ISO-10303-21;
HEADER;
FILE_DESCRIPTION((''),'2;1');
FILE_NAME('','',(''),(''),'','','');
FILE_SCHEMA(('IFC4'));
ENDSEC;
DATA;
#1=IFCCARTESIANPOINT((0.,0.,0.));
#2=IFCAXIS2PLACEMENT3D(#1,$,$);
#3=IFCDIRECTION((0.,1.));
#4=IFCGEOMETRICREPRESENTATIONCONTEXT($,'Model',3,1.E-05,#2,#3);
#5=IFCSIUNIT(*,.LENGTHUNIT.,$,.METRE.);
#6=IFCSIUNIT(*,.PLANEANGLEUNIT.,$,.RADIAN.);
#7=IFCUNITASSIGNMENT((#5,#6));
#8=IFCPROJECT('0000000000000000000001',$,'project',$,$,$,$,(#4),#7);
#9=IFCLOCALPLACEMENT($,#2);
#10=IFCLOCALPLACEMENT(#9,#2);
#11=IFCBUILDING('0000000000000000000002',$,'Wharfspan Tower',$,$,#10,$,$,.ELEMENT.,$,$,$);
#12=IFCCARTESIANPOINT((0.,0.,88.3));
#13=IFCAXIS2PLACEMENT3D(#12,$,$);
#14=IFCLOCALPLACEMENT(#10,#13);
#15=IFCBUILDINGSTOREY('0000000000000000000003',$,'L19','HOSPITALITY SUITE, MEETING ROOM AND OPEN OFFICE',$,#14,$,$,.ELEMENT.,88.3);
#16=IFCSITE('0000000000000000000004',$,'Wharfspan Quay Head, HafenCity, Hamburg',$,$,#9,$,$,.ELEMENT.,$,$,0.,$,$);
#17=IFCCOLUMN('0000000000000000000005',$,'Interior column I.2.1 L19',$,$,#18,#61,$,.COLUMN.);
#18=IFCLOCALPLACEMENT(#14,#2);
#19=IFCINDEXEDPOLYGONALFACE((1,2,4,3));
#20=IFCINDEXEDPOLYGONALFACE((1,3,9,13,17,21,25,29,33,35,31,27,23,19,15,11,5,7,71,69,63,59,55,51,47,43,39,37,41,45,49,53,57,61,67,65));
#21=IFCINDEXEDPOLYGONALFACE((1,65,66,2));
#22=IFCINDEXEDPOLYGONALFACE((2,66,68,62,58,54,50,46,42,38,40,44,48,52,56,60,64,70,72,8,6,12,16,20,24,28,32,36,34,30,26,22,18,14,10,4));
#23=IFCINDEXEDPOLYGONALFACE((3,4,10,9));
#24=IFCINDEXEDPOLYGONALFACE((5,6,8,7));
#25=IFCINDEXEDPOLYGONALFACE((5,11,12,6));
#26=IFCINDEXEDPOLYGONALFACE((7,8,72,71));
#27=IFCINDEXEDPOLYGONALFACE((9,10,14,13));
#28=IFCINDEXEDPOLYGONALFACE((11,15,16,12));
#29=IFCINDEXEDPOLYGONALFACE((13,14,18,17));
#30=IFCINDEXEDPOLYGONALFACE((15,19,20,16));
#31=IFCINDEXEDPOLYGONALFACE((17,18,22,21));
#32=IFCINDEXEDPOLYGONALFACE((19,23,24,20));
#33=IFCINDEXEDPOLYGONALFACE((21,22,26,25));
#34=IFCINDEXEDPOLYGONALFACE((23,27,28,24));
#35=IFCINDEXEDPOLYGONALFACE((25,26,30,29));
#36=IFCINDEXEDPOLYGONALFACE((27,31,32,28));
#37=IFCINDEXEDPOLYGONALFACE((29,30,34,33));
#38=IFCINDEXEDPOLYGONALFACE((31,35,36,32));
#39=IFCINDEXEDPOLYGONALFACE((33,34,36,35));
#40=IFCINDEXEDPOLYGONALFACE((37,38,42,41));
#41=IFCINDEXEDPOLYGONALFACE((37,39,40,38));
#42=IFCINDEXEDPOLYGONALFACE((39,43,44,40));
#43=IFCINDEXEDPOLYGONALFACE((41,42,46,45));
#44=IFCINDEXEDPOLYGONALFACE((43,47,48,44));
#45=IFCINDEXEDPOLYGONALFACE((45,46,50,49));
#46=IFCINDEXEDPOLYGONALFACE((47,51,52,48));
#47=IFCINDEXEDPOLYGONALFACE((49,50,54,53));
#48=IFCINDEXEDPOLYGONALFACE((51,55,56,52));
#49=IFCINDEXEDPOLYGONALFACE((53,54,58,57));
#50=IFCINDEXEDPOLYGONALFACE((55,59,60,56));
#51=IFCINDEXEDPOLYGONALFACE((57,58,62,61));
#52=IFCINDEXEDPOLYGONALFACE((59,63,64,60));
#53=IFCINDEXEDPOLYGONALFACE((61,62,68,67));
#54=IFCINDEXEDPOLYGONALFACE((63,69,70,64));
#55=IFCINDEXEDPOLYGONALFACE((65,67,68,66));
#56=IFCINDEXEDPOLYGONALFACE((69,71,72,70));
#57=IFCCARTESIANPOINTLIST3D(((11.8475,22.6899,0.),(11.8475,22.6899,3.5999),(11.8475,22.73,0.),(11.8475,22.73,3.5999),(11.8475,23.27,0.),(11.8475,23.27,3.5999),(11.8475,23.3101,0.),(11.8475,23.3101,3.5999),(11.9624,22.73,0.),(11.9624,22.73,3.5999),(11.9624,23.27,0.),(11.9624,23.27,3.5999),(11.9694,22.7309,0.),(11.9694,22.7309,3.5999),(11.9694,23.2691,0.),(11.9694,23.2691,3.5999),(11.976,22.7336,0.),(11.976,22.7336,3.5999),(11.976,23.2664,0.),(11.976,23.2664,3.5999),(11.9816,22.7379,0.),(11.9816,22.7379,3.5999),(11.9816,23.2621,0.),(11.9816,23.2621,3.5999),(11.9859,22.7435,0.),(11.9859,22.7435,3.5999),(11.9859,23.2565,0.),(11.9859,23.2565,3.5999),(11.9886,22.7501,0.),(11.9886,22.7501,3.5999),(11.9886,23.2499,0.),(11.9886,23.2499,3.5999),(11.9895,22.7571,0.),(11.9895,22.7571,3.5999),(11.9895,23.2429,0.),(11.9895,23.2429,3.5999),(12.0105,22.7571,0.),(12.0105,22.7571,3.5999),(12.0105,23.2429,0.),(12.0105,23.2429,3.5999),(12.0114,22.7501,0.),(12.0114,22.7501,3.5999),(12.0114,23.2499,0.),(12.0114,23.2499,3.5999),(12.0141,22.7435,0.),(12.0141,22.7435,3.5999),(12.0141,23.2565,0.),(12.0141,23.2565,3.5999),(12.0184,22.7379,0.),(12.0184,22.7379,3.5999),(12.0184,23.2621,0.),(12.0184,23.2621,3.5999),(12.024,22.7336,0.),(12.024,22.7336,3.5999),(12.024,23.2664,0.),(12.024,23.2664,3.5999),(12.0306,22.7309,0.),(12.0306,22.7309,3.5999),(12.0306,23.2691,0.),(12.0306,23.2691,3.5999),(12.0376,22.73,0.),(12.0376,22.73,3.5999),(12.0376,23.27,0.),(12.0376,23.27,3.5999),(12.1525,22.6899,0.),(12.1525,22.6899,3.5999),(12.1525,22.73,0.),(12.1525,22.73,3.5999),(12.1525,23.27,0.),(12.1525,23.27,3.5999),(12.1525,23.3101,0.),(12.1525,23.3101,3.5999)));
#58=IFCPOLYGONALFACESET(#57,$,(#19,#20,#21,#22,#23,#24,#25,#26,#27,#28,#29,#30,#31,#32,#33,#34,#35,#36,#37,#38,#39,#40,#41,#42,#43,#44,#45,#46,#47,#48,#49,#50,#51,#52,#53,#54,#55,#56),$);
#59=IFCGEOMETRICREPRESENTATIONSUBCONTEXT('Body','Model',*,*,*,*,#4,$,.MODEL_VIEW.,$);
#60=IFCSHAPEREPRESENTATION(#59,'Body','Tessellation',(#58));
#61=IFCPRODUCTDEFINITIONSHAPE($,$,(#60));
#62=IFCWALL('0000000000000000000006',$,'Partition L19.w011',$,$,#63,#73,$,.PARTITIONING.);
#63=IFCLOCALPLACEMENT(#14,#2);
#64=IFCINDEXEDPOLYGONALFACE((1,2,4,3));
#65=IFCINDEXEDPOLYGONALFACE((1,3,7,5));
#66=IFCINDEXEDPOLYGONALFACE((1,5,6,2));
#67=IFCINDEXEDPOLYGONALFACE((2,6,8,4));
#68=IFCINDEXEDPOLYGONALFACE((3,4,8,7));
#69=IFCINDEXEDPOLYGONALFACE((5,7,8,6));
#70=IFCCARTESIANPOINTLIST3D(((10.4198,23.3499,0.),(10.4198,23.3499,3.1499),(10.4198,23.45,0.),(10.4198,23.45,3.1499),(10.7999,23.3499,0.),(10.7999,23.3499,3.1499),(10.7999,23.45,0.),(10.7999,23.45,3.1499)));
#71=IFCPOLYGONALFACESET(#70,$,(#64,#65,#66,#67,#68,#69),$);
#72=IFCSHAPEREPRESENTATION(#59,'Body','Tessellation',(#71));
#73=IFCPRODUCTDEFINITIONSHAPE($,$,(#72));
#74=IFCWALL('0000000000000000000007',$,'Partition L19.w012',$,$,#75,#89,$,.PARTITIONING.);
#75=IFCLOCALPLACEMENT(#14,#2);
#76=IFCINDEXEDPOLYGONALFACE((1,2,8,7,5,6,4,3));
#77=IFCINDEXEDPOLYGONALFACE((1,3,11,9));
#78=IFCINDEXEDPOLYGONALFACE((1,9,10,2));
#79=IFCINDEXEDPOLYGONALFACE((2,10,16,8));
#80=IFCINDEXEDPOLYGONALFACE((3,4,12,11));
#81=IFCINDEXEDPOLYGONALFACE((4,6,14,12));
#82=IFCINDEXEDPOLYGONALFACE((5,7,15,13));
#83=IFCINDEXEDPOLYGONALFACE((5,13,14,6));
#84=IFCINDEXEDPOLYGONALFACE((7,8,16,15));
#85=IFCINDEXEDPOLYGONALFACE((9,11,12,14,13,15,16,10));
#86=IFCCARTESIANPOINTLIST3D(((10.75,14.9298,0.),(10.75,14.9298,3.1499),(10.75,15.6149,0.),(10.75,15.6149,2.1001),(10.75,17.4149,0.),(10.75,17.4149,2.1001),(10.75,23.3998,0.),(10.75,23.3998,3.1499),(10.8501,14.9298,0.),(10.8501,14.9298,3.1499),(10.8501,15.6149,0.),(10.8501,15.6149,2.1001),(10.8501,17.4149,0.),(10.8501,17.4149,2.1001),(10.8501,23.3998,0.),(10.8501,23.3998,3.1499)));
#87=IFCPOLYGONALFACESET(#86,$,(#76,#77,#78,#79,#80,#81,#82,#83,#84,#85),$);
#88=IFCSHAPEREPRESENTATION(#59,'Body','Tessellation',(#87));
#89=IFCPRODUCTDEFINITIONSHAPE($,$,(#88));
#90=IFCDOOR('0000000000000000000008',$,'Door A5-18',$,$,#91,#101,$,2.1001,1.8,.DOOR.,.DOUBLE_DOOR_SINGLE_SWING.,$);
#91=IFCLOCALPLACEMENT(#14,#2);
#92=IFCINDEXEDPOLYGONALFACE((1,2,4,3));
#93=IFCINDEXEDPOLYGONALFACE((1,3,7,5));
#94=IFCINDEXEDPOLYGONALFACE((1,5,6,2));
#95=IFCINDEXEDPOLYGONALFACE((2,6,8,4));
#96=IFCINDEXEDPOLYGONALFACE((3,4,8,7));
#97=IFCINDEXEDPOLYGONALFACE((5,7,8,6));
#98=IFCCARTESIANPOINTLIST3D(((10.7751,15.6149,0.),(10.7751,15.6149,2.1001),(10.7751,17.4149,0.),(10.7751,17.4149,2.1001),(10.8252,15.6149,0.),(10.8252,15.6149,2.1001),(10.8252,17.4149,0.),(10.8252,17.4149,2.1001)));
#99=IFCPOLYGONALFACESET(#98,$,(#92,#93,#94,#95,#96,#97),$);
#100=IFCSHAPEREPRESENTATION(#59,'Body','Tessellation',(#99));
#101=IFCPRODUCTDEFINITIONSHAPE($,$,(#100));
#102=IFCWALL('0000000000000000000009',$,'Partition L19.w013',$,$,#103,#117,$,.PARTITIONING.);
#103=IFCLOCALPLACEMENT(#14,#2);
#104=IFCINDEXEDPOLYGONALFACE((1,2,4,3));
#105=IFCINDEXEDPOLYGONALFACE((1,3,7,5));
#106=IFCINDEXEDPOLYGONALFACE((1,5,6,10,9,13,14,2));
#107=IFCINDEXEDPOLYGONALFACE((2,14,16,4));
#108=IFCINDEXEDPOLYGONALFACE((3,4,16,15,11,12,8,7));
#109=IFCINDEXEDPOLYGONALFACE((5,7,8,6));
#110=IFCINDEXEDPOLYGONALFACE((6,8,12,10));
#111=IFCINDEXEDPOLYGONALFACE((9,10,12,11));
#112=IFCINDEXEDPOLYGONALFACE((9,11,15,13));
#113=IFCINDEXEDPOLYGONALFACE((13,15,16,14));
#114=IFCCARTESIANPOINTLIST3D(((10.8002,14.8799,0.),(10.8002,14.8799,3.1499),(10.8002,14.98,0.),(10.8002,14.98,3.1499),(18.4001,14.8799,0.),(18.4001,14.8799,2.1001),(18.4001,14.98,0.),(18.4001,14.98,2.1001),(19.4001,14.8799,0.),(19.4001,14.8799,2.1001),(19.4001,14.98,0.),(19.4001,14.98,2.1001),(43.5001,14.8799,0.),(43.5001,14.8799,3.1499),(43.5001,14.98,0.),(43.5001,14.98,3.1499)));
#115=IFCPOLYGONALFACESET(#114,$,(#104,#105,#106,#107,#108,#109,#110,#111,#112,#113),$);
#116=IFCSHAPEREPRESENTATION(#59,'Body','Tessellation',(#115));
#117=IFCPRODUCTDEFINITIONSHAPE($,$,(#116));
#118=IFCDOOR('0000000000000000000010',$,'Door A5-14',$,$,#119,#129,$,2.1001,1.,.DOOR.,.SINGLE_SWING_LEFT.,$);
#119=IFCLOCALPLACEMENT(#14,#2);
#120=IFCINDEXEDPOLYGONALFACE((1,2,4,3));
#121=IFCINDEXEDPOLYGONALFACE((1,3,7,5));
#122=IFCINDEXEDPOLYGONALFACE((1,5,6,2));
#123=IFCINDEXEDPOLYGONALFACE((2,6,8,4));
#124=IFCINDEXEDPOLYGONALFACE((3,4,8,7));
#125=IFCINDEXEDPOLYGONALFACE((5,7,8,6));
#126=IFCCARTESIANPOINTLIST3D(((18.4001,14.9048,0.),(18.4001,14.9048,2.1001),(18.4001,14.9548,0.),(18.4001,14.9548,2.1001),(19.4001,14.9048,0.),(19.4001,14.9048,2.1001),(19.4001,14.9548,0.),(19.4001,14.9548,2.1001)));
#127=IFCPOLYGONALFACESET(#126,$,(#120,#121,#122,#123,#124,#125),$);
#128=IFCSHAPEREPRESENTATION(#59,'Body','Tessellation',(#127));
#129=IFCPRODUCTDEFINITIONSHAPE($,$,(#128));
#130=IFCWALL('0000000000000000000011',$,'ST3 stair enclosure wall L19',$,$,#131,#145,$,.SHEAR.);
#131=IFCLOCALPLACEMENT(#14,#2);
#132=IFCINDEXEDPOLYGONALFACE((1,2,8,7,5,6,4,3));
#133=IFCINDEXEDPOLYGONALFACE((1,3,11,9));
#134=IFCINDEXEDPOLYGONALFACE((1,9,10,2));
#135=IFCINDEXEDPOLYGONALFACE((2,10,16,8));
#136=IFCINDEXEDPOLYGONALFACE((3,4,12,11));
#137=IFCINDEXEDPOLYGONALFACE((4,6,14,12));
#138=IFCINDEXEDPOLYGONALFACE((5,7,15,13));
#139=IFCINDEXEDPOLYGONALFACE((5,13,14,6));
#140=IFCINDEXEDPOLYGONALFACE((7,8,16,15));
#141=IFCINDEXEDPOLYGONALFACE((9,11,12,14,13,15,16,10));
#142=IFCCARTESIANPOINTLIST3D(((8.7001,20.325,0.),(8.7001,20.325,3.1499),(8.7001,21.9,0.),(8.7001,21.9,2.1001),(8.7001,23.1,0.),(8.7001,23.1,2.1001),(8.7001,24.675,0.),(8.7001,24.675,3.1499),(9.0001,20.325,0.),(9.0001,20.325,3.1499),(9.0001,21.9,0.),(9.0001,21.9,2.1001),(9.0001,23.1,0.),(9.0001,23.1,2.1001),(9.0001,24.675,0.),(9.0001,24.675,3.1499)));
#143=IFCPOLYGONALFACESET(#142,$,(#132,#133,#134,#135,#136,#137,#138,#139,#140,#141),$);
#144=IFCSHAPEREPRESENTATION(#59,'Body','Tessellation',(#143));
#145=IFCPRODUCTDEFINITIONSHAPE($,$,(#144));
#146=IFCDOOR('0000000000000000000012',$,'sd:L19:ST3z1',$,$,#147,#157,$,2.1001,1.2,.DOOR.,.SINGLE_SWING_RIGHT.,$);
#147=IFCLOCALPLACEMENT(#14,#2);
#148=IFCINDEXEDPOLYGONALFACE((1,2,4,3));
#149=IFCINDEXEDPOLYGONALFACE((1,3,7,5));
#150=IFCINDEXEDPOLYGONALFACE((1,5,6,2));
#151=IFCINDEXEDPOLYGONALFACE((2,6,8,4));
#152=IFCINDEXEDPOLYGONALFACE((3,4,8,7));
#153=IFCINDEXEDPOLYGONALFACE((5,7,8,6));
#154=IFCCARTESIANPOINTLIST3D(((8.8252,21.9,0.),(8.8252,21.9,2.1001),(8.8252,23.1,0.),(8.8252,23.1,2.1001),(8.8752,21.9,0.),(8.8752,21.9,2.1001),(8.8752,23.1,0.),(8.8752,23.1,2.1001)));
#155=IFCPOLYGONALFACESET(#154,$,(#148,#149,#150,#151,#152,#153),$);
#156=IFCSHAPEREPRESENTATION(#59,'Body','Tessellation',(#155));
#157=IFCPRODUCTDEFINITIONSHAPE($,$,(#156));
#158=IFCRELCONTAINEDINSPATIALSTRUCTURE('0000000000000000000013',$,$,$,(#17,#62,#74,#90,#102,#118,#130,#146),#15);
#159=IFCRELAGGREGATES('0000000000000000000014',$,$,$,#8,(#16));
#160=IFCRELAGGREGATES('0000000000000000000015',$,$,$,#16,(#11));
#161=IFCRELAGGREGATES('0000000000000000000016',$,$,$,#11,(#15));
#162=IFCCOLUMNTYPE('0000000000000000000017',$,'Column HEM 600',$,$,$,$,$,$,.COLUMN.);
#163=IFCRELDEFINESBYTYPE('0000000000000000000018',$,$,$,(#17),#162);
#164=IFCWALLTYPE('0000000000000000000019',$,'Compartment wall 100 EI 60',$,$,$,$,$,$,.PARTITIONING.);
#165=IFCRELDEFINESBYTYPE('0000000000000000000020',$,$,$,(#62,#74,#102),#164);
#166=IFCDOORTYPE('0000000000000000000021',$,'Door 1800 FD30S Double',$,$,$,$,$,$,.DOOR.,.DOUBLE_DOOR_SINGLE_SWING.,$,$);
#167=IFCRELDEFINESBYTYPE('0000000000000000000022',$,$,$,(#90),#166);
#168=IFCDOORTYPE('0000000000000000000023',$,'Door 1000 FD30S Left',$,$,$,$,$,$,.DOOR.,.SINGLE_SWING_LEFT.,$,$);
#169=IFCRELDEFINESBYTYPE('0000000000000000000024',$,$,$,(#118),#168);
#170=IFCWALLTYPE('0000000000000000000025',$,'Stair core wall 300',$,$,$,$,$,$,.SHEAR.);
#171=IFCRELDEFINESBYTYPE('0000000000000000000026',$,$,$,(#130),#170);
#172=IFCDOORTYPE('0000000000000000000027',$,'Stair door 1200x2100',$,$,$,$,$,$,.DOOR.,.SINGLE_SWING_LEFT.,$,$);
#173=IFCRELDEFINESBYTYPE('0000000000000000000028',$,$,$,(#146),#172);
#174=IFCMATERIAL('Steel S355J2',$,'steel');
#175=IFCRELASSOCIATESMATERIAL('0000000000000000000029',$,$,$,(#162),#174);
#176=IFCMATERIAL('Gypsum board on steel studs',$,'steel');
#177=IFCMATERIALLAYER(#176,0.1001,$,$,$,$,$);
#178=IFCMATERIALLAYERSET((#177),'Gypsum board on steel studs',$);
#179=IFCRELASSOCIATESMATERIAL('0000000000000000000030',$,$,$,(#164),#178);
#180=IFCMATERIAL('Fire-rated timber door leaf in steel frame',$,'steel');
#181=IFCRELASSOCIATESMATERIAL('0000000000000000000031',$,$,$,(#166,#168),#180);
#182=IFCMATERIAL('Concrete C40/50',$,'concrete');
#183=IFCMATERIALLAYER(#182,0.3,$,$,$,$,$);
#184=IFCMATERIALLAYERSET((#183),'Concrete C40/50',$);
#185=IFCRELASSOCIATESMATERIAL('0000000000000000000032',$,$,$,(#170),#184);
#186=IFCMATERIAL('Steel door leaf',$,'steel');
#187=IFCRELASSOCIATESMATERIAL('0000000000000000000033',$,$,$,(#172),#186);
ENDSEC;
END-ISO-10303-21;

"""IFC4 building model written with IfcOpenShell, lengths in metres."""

from ifc_helpers import new_model, si_unit, direction, frame, frame_2d, origin, origin_2d, place, context, subcontext, project, spatial, rectangle, i_section, extrude, material, layer, layer_set, material_profile, profile_set, type_object, element, fill, save


model = new_model("IFC4")

# Units and contexts
model_context = context("Model", 3, precision=1e-05, world=origin(), true_north=direction((0.0, 1.0)))
body_context = subcontext(model_context, "Body", "Model", "MODEL_VIEW")
ifc_project = project(units=[si_unit("LENGTHUNIT", "METRE"), si_unit("PLANEANGLEUNIT", "RADIAN")], contexts=[model_context])

# Site, building, storey
site_placement = place(None, origin())
site = spatial("IfcSite", under=ifc_project, at=site_placement, Name="Wharfspan Quay Head, HafenCity, Hamburg", CompositionType="ELEMENT", RefElevation=0.0)
building_placement = place(site_placement, origin())
building = spatial("IfcBuilding", under=site, at=building_placement, Name="Wharfspan Tower", CompositionType="ELEMENT")
storey_placement = place(building_placement, frame((0.0, 0.0, 88.3)))
storey = spatial("IfcBuildingStorey", under=building, at=storey_placement, Name="L19", Description="HOSPITALITY SUITE, MEETING ROOM AND OPEN OFFICE", CompositionType="ELEMENT", Elevation=88.3)

# Column
ifc_material_1 = material(Name="Steel S355J2", Category="steel")
ifc_material_profile = material_profile(ifc_material_1, i_section(OverallWidth=0.3049, OverallDepth=0.6201, WebThickness=0.021, FlangeThickness=0.04, FilletRadius=0.0271, at=origin_2d()))
ifc_profile_set = profile_set([ifc_material_profile], Name="Steel S355J2")
column_type = type_object("IfcColumnType", Name="Column HEM 600", PredefinedType="COLUMN", material=ifc_profile_set)
column_placement = place(storey_placement, frame((12.0, 23.0, 0.0), z_axis=(0.0, 0.0, 1.0), x_axis=(1.0, 0.0, 0.0)))
element("IfcColumn", 1, at=column_placement, inside=storey, type_object=column_type, Name="Interior column I.2.1 L19", PredefinedType="COLUMN", context=body_context, shape_type="SweptSolid", body=[
    extrude(i_section(OverallWidth=0.3049, OverallDepth=0.6201, WebThickness=0.021, FlangeThickness=0.04, FilletRadius=0.0271, at=origin_2d()), origin(), (0.0, 0.0, 1.0), 3.5999),
])

# Wall
ifc_material_2 = material(Name="Gypsum board on steel studs", Category="steel")
ifc_layer_1 = layer(ifc_material_2, 0.1001)
ifc_layer_set_1 = layer_set([ifc_layer_1], Name="Gypsum board on steel studs")
wall_type_1 = type_object("IfcWallType", Name="Compartment wall 100 EI 60", PredefinedType="PARTITIONING", material=ifc_layer_set_1)
wall_1_placement = place(storey_placement, frame((10.4199, 23.3999, 0.0), z_axis=(0.0, 0.0, 1.0), x_axis=(1.0, 0.0, 0.0)))
element("IfcWall", 2, at=wall_1_placement, inside=storey, type_object=wall_type_1, Name="Partition L19.w011", PredefinedType="PARTITIONING", context=body_context, shape_type="SweptSolid", body=[
    extrude(rectangle(XDim=0.3801, YDim=0.1001, at=frame_2d((0.1899, 0.0))), origin(), (0.0, 0.0, 1.0), 3.1499),
])

# Walls, openings, doors
wall_2_placement = place(storey_placement, frame((10.8, 14.9299, 0.0), z_axis=(0.0, 0.0, 1.0), x_axis=(0.0, 1.0, 0.0)))
wall_2 = element("IfcWall", 3, at=wall_2_placement, inside=storey, type_object=wall_type_1, Name="Partition L19.w012", PredefinedType="PARTITIONING", context=body_context, shape_type="SweptSolid", body=[
    extrude(rectangle(XDim=8.47, YDim=0.1001, at=frame_2d((4.2349, 0.0))), origin(), (0.0, 0.0, 1.0), 3.1499),
])
opening_1_placement = place(wall_2_placement, frame((0.6851, 0.0, 0.0)))
opening_1 = element("IfcOpeningElement", 4, at=opening_1_placement, cuts=wall_2, PredefinedType="OPENING", context=body_context, shape_type="SweptSolid", body=[
    extrude(rectangle(XDim=1.8, YDim=2.1001, at=frame_2d((0.8999, 1.05))), frame((0.0, 0.0601, 0.0), z_axis=(0.0, -1.0, 0.0), x_axis=(1.0, 0.0, 0.0)), (0.0, 0.0, 1.0), 0.1201),
])
ifc_material_3 = material(Name="Fire-rated timber door leaf in steel frame", Category="steel")
door_type_1 = type_object("IfcDoorType", Name="Door 1800 FD30S Double", OperationType="DOUBLE_DOOR_SINGLE_SWING", PredefinedType="DOOR", material=ifc_material_3)
door_1_placement = place(opening_1_placement, origin())
door_1 = element("IfcDoor", 5, at=door_1_placement, inside=storey, type_object=door_type_1, Name="Door A5-18", OperationType="DOUBLE_DOOR_SINGLE_SWING", OverallHeight=2.1001, OverallWidth=1.8, PredefinedType="DOOR", context=body_context, shape_type="SweptSolid", body=[
    extrude(rectangle(XDim=1.8, YDim=2.1001, at=frame_2d((0.8999, 1.05))), frame((0.0, 0.0249, 0.0), z_axis=(0.0, -1.0, 0.0), x_axis=(1.0, 0.0, 0.0)), (0.0, 0.0, 1.0), 0.05),
])
fill(opening_1, door_1)
wall_3_placement = place(storey_placement, frame((10.8, 14.9299, 0.0), z_axis=(0.0, 0.0, 1.0), x_axis=(1.0, 0.0, 0.0)))
wall_3 = element("IfcWall", 6, at=wall_3_placement, inside=storey, type_object=wall_type_1, Name="Partition L19.w013", PredefinedType="PARTITIONING", context=body_context, shape_type="SweptSolid", body=[
    extrude(rectangle(XDim=32.7, YDim=0.1001, at=frame_2d((16.3501, 0.0))), origin(), (0.0, 0.0, 1.0), 3.1499),
])
opening_2_placement = place(wall_3_placement, frame((7.6001, 0.0, 0.0)))
opening_2 = element("IfcOpeningElement", 7, at=opening_2_placement, cuts=wall_3, PredefinedType="OPENING", context=body_context, shape_type="SweptSolid", body=[
    extrude(rectangle(XDim=1.0, YDim=2.1001, at=frame_2d((0.5, 1.05))), frame((0.0, 0.0601, 0.0), z_axis=(0.0, -1.0, 0.0), x_axis=(1.0, 0.0, 0.0)), (0.0, 0.0, 1.0), 0.1201),
])
door_type_2 = type_object("IfcDoorType", Name="Door 1000 FD30S Left", OperationType="SINGLE_SWING_LEFT", PredefinedType="DOOR", material=ifc_material_3)
door_2_placement = place(opening_2_placement, origin())
door_2 = element("IfcDoor", 8, at=door_2_placement, inside=storey, type_object=door_type_2, Name="Door A5-14", OperationType="SINGLE_SWING_LEFT", OverallHeight=2.1001, OverallWidth=1.0, PredefinedType="DOOR", context=body_context, shape_type="SweptSolid", body=[
    extrude(rectangle(XDim=1.0, YDim=2.1001, at=frame_2d((0.5, 1.05))), frame((0.0, 0.0249, 0.0), z_axis=(0.0, -1.0, 0.0), x_axis=(1.0, 0.0, 0.0)), (0.0, 0.0, 1.0), 0.05),
])
fill(opening_2, door_2)
ifc_material_4 = material(Name="Concrete C40/50", Category="concrete")
ifc_layer_2 = layer(ifc_material_4, 0.3)
ifc_layer_set_2 = layer_set([ifc_layer_2], Name="Concrete C40/50")
wall_type_2 = type_object("IfcWallType", Name="Stair core wall 300", PredefinedType="SHEAR", material=ifc_layer_set_2)
wall_4_placement = place(storey_placement, frame((8.8501, 20.325, 0.0), z_axis=(0.0, 0.0, 1.0), x_axis=(0.0, 1.0, 0.0)))
wall_4 = element("IfcWall", 9, at=wall_4_placement, inside=storey, type_object=wall_type_2, Name="ST3 stair enclosure wall L19", PredefinedType="SHEAR", context=body_context, shape_type="SweptSolid", body=[
    extrude(rectangle(XDim=4.3501, YDim=0.3, at=frame_2d((2.175, 0.0))), origin(), (0.0, 0.0, 1.0), 3.1499),
])
opening_3_placement = place(wall_4_placement, frame((1.575, 0.0, 0.0)))
opening_3 = element("IfcOpeningElement", 10, at=opening_3_placement, cuts=wall_4, PredefinedType="OPENING", context=body_context, shape_type="SweptSolid", body=[
    extrude(rectangle(XDim=1.2, YDim=2.1001, at=frame_2d((0.6001, 1.05))), frame((0.0, 0.1599, 0.0), z_axis=(0.0, -1.0, 0.0), x_axis=(1.0, 0.0, 0.0)), (0.0, 0.0, 1.0), 0.3201),
])
ifc_material_5 = material(Name="Steel door leaf", Category="steel")
door_type_3 = type_object("IfcDoorType", Name="Stair door 1200x2100", OperationType="SINGLE_SWING_LEFT", PredefinedType="DOOR", material=ifc_material_5)
door_3_placement = place(opening_3_placement, origin())
door_3 = element("IfcDoor", 11, at=door_3_placement, inside=storey, type_object=door_type_3, Name="sd:L19:ST3z1", OperationType="SINGLE_SWING_RIGHT", OverallHeight=2.1001, OverallWidth=1.2, PredefinedType="DOOR", context=body_context, shape_type="SweptSolid", body=[
    extrude(rectangle(XDim=1.2, YDim=2.1001, at=frame_2d((0.6001, 1.05))), frame((0.0, 0.0249, 0.0), z_axis=(0.0, -1.0, 0.0), x_axis=(1.0, 0.0, 0.0)), (0.0, 0.0, 1.0), 0.05),
])
fill(opening_3, door_3)

save(model, "model.ifc")
